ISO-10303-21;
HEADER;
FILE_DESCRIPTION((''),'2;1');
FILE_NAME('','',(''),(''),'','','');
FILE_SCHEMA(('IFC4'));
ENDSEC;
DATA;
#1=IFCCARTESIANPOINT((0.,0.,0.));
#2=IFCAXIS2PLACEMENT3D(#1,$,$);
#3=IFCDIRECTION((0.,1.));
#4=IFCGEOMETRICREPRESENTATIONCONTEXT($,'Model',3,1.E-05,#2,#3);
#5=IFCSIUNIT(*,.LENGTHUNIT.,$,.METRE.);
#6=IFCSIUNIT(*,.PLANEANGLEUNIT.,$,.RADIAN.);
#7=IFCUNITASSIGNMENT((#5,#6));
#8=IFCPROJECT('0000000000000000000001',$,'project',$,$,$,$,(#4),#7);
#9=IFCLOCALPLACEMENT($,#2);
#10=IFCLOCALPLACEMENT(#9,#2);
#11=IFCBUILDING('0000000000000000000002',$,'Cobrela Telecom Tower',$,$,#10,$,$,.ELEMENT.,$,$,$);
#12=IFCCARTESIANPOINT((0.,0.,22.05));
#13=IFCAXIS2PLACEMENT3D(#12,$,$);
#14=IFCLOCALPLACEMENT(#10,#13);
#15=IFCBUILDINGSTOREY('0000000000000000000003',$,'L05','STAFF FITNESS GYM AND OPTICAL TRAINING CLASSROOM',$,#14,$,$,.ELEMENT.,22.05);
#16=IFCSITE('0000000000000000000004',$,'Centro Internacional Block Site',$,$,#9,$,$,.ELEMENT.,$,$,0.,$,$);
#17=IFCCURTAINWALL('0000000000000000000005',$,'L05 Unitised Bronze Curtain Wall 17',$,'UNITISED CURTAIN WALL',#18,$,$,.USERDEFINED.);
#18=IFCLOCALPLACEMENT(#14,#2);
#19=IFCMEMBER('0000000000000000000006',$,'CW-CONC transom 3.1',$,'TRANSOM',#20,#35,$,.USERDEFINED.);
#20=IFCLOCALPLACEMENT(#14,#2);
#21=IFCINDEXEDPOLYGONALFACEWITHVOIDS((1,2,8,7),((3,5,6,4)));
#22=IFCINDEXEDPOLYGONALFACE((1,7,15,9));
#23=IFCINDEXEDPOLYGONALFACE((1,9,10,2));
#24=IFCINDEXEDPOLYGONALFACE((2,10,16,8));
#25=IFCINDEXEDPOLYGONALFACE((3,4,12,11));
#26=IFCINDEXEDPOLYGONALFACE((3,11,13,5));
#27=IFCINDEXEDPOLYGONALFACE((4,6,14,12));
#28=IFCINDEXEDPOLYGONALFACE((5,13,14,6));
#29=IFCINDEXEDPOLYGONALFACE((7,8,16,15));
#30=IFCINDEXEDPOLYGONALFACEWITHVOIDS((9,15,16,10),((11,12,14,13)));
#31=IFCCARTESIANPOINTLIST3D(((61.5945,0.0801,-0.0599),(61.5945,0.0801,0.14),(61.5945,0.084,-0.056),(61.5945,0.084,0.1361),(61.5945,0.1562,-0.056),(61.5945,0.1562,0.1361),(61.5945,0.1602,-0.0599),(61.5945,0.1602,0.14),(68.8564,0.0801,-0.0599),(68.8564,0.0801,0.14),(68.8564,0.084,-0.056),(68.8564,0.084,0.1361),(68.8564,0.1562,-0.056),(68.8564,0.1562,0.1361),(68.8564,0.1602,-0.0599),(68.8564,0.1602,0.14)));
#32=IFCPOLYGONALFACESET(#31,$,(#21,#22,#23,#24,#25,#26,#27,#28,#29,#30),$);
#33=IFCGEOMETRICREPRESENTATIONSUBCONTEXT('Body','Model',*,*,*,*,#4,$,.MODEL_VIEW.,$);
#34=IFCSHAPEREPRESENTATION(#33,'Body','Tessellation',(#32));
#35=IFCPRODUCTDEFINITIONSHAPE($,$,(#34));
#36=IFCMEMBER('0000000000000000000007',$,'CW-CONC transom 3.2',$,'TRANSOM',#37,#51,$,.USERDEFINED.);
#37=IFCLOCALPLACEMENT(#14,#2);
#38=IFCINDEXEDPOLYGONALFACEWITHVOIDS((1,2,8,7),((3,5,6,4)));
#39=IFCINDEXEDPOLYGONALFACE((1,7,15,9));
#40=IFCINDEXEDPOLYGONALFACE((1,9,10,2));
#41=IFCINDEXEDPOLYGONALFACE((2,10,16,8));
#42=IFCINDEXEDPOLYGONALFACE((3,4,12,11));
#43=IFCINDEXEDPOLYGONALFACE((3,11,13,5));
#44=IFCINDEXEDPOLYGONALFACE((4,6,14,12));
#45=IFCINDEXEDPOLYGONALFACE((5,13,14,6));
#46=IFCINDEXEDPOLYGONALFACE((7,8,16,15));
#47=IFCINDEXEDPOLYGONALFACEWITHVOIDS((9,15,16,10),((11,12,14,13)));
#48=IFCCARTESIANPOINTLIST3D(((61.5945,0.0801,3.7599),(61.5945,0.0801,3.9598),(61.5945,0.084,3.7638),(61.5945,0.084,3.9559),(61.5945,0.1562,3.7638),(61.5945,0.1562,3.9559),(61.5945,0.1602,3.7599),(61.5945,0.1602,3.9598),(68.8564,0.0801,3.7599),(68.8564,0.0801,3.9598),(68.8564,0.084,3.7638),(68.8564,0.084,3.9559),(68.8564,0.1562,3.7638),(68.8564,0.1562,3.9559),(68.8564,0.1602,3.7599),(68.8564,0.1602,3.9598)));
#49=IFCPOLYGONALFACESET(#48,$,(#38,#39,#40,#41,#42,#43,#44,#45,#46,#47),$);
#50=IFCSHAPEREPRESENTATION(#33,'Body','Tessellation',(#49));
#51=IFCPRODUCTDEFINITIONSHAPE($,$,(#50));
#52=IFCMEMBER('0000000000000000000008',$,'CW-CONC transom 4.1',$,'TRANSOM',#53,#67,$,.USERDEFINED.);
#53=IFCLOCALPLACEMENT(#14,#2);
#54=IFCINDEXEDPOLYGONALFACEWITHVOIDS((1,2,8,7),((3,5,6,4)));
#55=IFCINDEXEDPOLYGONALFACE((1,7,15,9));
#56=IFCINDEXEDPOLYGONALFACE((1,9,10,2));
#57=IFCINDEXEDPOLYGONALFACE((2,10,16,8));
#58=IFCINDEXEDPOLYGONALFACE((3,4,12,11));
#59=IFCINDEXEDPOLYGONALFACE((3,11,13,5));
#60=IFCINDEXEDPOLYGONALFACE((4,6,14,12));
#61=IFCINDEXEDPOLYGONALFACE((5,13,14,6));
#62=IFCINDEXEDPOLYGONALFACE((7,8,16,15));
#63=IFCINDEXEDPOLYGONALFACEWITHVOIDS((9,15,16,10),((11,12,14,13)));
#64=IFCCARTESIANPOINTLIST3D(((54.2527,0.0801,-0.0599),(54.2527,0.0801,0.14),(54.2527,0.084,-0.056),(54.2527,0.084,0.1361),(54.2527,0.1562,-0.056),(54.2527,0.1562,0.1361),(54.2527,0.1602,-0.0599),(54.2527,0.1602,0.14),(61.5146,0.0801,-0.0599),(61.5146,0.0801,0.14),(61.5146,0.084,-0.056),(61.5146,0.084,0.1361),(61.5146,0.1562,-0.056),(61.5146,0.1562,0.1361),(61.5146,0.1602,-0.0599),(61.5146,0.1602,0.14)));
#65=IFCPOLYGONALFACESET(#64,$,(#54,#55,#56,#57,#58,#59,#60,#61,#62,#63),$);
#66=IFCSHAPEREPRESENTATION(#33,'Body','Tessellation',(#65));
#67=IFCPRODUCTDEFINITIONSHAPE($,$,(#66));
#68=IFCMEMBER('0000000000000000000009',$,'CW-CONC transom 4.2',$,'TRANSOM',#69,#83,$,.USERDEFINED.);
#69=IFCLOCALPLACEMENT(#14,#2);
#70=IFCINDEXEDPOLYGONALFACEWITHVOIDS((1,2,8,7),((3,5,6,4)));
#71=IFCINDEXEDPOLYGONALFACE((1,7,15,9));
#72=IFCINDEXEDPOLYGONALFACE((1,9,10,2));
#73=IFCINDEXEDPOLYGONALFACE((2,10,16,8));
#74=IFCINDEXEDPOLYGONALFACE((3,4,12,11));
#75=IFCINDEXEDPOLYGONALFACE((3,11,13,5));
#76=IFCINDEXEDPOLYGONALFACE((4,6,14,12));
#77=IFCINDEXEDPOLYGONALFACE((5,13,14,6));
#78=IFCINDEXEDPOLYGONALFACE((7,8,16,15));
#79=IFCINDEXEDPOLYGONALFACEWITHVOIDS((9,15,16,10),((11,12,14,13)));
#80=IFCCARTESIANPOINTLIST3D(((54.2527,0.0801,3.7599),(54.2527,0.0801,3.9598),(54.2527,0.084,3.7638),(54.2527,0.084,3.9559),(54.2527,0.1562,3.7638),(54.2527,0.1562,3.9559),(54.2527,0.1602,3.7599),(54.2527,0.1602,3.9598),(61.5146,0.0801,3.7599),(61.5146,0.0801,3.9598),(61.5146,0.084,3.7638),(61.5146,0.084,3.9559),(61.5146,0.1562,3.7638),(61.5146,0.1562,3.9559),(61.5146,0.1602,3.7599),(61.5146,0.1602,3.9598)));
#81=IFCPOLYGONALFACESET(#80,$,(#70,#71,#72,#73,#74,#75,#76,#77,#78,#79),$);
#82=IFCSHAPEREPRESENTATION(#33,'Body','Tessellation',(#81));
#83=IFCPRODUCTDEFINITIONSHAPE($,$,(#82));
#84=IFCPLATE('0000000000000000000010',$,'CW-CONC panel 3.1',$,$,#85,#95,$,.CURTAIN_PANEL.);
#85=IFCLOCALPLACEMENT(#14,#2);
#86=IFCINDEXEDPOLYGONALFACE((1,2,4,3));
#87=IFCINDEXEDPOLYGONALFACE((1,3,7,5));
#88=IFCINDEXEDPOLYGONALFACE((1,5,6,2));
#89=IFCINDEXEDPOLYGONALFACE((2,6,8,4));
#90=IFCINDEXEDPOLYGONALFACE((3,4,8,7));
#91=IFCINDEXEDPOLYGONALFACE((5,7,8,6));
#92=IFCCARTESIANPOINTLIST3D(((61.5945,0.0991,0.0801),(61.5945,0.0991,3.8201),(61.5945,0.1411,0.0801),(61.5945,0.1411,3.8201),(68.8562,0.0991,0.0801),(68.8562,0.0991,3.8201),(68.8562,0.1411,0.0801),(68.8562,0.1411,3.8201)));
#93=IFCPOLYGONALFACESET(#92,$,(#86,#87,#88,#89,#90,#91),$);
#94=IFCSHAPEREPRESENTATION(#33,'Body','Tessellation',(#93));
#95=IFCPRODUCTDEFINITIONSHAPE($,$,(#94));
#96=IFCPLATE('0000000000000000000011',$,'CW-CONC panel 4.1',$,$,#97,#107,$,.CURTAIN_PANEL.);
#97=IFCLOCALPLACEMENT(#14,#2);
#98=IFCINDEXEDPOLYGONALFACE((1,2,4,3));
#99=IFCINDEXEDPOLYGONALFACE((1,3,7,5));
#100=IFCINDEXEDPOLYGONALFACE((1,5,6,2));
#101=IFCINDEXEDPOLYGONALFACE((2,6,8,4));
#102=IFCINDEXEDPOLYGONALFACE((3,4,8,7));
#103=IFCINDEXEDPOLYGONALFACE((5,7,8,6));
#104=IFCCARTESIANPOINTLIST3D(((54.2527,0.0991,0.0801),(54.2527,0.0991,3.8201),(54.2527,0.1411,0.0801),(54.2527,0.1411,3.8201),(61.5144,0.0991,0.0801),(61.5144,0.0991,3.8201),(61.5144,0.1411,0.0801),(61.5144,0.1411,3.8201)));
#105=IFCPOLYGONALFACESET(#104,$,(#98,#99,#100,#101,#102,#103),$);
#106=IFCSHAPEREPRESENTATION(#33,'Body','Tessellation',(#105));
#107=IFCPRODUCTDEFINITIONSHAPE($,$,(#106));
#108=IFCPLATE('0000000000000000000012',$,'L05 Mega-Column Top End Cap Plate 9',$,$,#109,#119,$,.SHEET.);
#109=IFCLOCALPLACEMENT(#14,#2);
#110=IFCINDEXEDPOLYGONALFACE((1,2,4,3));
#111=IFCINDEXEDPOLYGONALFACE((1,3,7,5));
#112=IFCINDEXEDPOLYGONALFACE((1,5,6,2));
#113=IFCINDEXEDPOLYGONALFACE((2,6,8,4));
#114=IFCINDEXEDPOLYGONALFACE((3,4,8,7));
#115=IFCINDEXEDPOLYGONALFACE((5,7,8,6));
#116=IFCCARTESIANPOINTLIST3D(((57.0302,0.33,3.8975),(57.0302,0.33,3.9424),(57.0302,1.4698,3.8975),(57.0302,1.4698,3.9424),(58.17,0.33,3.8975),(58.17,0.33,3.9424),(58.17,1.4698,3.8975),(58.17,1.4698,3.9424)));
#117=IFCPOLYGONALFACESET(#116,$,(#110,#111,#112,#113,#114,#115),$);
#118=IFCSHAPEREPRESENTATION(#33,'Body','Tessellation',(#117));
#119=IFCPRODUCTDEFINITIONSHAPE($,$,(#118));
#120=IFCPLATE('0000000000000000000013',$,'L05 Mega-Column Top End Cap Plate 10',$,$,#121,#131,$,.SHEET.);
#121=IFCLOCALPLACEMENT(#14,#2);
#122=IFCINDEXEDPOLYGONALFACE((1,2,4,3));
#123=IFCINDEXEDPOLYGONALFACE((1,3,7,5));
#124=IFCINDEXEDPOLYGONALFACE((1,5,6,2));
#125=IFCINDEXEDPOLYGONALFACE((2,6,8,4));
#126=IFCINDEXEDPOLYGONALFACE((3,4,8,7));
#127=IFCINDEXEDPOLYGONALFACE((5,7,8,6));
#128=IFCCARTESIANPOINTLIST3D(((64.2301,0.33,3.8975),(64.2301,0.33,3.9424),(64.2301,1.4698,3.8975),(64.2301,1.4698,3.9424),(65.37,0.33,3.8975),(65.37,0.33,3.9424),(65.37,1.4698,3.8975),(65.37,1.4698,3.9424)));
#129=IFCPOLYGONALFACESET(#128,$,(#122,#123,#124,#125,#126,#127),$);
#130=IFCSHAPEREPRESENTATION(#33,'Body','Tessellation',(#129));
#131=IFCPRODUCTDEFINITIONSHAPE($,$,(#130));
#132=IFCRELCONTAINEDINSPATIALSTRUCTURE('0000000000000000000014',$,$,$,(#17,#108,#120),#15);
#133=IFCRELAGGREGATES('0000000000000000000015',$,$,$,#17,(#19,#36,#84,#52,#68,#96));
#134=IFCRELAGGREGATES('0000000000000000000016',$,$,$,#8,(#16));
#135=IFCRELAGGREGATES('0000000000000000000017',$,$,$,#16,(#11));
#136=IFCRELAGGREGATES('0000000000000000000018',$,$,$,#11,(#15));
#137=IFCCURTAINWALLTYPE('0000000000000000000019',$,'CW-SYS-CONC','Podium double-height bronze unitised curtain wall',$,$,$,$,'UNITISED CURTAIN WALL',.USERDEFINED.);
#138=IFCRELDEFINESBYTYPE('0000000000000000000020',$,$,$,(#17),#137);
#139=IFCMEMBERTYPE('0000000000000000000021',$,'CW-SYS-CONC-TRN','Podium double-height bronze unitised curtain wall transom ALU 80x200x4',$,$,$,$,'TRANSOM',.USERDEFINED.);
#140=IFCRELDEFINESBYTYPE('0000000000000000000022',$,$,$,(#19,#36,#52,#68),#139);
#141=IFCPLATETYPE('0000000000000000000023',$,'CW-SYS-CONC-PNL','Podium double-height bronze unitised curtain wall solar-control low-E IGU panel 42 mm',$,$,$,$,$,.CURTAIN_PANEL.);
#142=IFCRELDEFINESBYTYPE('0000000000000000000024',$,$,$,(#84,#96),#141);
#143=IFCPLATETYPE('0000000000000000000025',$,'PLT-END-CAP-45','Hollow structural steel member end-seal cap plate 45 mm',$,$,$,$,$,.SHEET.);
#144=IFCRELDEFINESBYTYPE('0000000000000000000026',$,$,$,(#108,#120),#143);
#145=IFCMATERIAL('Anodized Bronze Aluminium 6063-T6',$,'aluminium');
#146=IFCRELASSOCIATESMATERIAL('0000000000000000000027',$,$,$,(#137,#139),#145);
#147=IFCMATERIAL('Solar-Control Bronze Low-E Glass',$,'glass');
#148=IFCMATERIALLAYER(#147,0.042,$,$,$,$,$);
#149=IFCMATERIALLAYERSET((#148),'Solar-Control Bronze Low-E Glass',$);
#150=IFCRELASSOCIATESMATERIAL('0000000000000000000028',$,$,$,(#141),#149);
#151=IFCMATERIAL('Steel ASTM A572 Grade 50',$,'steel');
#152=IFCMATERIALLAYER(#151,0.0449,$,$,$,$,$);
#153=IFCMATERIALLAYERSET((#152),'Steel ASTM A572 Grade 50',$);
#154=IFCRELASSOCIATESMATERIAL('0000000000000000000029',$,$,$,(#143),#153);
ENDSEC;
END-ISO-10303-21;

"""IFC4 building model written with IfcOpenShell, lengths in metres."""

from ifc_helpers import new_model, si_unit, direction, frame, origin, origin_2d, place, context, subcontext, project, spatial, rectangle, hollow_rectangle, extrude, material, layer, layer_set, material_profile, profile_set, type_object, element, aggregate, save


model = new_model("IFC4")

# Units and contexts
model_context = context("Model", 3, precision=1e-05, world=origin(), true_north=direction((0.0, 1.0)))
body_context = subcontext(model_context, "Body", "Model", "MODEL_VIEW")
ifc_project = project(units=[si_unit("LENGTHUNIT", "METRE"), si_unit("PLANEANGLEUNIT", "RADIAN")], contexts=[model_context])

# Site, building, storey
site_placement = place(None, origin())
site = spatial("IfcSite", under=ifc_project, at=site_placement, Name="Centro Internacional Block Site", CompositionType="ELEMENT", RefElevation=0.0)
building_placement = place(site_placement, origin())
building = spatial("IfcBuilding", under=site, at=building_placement, Name="Cobrela Telecom Tower", CompositionType="ELEMENT")
storey_placement = place(building_placement, frame((0.0, 0.0, 22.05)))
storey = spatial("IfcBuildingStorey", under=building, at=storey_placement, Name="L05", Description="STAFF FITNESS GYM AND OPTICAL TRAINING CLASSROOM", CompositionType="ELEMENT", Elevation=22.05)

# Shared definitions
ifc_material_1 = material(Name="Steel ASTM A572 Grade 50", Category="steel")

# Curtain wall, members, plates
ifc_material_2 = material(Name="Anodized Bronze Aluminium 6063-T6", Category="aluminium")
curtain_wall_type = type_object("IfcCurtainWallType", Name="CW-SYS-CONC", Description="Podium double-height bronze unitised curtain wall", ElementType="UNITISED CURTAIN WALL", PredefinedType="USERDEFINED", material=ifc_material_2)
curtain_wall_placement = place(storey_placement, origin())
curtain_wall = element("IfcCurtainWall", 1, at=curtain_wall_placement, inside=storey, type_object=curtain_wall_type, Name="L05 Unitised Bronze Curtain Wall 17", ObjectType="UNITISED CURTAIN WALL", PredefinedType="USERDEFINED")
ifc_material_profile_1 = material_profile(ifc_material_2, hollow_rectangle(XDim=0.0801, YDim=0.2, WallThickness=0.0039, at=origin_2d()), Name="ALU 80x200x4")
ifc_profile_set_1 = profile_set([ifc_material_profile_1], Name="Anodized Bronze Aluminium 6063-T6")
member_type_1 = type_object("IfcMemberType", Name="CW-SYS-CONC-TRN", Description="Podium double-height bronze unitised curtain wall transom ALU 80x200x4", ElementType="TRANSOM", PredefinedType="USERDEFINED", material=ifc_profile_set_1)
member_1_placement = place(storey_placement, frame((68.8564, 0.1201, 0.04), z_axis=(-1.0, 0.0, 0.0), x_axis=(0.0, -1.0, 0.0)))
member_1 = element("IfcMember", 2, at=member_1_placement, type_object=member_type_1, Name="CW-CONC transom 3.1", ObjectType="TRANSOM", PredefinedType="USERDEFINED", context=body_context, shape_type="SweptSolid", body=[
    extrude(hollow_rectangle(XDim=0.0801, YDim=0.2, WallThickness=0.0039, at=origin_2d()), origin(), (0.0, 0.0, 1.0), 7.262),
])
member_2_placement = place(storey_placement, frame((68.8564, 0.1201, 3.8599), z_axis=(-1.0, 0.0, 0.0), x_axis=(0.0, -1.0, 0.0)))
member_2 = element("IfcMember", 3, at=member_2_placement, type_object=member_type_1, Name="CW-CONC transom 3.2", ObjectType="TRANSOM", PredefinedType="USERDEFINED", context=body_context, shape_type="SweptSolid", body=[
    extrude(hollow_rectangle(XDim=0.0801, YDim=0.2, WallThickness=0.0039, at=origin_2d()), origin(), (0.0, 0.0, 1.0), 7.262),
])
member_3_placement = place(storey_placement, frame((61.5146, 0.1201, 0.04), z_axis=(-1.0, 0.0, 0.0), x_axis=(0.0, -1.0, 0.0)))
member_3 = element("IfcMember", 4, at=member_3_placement, type_object=member_type_1, Name="CW-CONC transom 4.1", ObjectType="TRANSOM", PredefinedType="USERDEFINED", context=body_context, shape_type="SweptSolid", body=[
    extrude(hollow_rectangle(XDim=0.0801, YDim=0.2, WallThickness=0.0039, at=origin_2d()), origin(), (0.0, 0.0, 1.0), 7.262),
])
member_4_placement = place(storey_placement, frame((61.5146, 0.1201, 3.8599), z_axis=(-1.0, 0.0, 0.0), x_axis=(0.0, -1.0, 0.0)))
member_4 = element("IfcMember", 5, at=member_4_placement, type_object=member_type_1, Name="CW-CONC transom 4.2", ObjectType="TRANSOM", PredefinedType="USERDEFINED", context=body_context, shape_type="SweptSolid", body=[
    extrude(hollow_rectangle(XDim=0.0801, YDim=0.2, WallThickness=0.0039, at=origin_2d()), origin(), (0.0, 0.0, 1.0), 7.262),
])
ifc_material_3 = material(Name="Solar-Control Bronze Low-E Glass", Category="glass")
ifc_layer_1 = layer(ifc_material_3, 0.042)
ifc_layer_set_1 = layer_set([ifc_layer_1], Name="Solar-Control Bronze Low-E Glass")
plate_type_1 = type_object("IfcPlateType", Name="CW-SYS-CONC-PNL", Description="Podium double-height bronze unitised curtain wall solar-control low-E IGU panel 42 mm", PredefinedType="CURTAIN_PANEL", material=ifc_layer_set_1)
plate_1_placement = place(storey_placement, frame((65.2253, 0.1201, 0.0801), z_axis=(0.0, 0.0, 1.0), x_axis=(-1.0, 0.0, 0.0)))
plate_1 = element("IfcPlate", 6, at=plate_1_placement, type_object=plate_type_1, Name="CW-CONC panel 3.1", PredefinedType="CURTAIN_PANEL", context=body_context, shape_type="SweptSolid", body=[
    extrude(rectangle(XDim=7.2617, YDim=0.042, at=origin_2d()), origin(), (0.0, 0.0, 1.0), 3.74),
])
plate_2_placement = place(storey_placement, frame((57.8835, 0.1201, 0.0801), z_axis=(0.0, 0.0, 1.0), x_axis=(-1.0, 0.0, 0.0)))
plate_2 = element("IfcPlate", 7, at=plate_2_placement, type_object=plate_type_1, Name="CW-CONC panel 4.1", PredefinedType="CURTAIN_PANEL", context=body_context, shape_type="SweptSolid", body=[
    extrude(rectangle(XDim=7.2617, YDim=0.042, at=origin_2d()), origin(), (0.0, 0.0, 1.0), 3.74),
])
aggregate(curtain_wall, [member_1, member_2, plate_1, member_3, member_4, plate_2])

# Plates
ifc_layer_2 = layer(ifc_material_1, 0.0449)
ifc_layer_set_2 = layer_set([ifc_layer_2], Name="Steel ASTM A572 Grade 50")
plate_type_2 = type_object("IfcPlateType", Name="PLT-END-CAP-45", Description="Hollow structural steel member end-seal cap plate 45 mm", PredefinedType="SHEET", material=ifc_layer_set_2)
for number, where, z_axis, x_axis, name in (
    (8, (57.6001, 0.8999, 3.8975), (0.0, 0.0, 1.0), (1.0, 0.0, 0.0), "L05 Mega-Column Top End Cap Plate 9"),
    (9, (64.8, 0.8999, 3.8975), (0.0, 0.0, 1.0), (1.0, 0.0, 0.0), "L05 Mega-Column Top End Cap Plate 10"),
):
    element("IfcPlate", number, at=place(storey_placement, frame(where, z_axis=z_axis, x_axis=x_axis)), inside=storey, type_object=plate_type_2, Name=name, PredefinedType="SHEET", context=body_context, shape_type="SweptSolid", body=[
        extrude(rectangle(XDim=1.1399, YDim=1.1399, at=origin_2d()), origin(), (0.0, 0.0, 1.0), 0.0449),
    ])

save(model, "model.ifc")
